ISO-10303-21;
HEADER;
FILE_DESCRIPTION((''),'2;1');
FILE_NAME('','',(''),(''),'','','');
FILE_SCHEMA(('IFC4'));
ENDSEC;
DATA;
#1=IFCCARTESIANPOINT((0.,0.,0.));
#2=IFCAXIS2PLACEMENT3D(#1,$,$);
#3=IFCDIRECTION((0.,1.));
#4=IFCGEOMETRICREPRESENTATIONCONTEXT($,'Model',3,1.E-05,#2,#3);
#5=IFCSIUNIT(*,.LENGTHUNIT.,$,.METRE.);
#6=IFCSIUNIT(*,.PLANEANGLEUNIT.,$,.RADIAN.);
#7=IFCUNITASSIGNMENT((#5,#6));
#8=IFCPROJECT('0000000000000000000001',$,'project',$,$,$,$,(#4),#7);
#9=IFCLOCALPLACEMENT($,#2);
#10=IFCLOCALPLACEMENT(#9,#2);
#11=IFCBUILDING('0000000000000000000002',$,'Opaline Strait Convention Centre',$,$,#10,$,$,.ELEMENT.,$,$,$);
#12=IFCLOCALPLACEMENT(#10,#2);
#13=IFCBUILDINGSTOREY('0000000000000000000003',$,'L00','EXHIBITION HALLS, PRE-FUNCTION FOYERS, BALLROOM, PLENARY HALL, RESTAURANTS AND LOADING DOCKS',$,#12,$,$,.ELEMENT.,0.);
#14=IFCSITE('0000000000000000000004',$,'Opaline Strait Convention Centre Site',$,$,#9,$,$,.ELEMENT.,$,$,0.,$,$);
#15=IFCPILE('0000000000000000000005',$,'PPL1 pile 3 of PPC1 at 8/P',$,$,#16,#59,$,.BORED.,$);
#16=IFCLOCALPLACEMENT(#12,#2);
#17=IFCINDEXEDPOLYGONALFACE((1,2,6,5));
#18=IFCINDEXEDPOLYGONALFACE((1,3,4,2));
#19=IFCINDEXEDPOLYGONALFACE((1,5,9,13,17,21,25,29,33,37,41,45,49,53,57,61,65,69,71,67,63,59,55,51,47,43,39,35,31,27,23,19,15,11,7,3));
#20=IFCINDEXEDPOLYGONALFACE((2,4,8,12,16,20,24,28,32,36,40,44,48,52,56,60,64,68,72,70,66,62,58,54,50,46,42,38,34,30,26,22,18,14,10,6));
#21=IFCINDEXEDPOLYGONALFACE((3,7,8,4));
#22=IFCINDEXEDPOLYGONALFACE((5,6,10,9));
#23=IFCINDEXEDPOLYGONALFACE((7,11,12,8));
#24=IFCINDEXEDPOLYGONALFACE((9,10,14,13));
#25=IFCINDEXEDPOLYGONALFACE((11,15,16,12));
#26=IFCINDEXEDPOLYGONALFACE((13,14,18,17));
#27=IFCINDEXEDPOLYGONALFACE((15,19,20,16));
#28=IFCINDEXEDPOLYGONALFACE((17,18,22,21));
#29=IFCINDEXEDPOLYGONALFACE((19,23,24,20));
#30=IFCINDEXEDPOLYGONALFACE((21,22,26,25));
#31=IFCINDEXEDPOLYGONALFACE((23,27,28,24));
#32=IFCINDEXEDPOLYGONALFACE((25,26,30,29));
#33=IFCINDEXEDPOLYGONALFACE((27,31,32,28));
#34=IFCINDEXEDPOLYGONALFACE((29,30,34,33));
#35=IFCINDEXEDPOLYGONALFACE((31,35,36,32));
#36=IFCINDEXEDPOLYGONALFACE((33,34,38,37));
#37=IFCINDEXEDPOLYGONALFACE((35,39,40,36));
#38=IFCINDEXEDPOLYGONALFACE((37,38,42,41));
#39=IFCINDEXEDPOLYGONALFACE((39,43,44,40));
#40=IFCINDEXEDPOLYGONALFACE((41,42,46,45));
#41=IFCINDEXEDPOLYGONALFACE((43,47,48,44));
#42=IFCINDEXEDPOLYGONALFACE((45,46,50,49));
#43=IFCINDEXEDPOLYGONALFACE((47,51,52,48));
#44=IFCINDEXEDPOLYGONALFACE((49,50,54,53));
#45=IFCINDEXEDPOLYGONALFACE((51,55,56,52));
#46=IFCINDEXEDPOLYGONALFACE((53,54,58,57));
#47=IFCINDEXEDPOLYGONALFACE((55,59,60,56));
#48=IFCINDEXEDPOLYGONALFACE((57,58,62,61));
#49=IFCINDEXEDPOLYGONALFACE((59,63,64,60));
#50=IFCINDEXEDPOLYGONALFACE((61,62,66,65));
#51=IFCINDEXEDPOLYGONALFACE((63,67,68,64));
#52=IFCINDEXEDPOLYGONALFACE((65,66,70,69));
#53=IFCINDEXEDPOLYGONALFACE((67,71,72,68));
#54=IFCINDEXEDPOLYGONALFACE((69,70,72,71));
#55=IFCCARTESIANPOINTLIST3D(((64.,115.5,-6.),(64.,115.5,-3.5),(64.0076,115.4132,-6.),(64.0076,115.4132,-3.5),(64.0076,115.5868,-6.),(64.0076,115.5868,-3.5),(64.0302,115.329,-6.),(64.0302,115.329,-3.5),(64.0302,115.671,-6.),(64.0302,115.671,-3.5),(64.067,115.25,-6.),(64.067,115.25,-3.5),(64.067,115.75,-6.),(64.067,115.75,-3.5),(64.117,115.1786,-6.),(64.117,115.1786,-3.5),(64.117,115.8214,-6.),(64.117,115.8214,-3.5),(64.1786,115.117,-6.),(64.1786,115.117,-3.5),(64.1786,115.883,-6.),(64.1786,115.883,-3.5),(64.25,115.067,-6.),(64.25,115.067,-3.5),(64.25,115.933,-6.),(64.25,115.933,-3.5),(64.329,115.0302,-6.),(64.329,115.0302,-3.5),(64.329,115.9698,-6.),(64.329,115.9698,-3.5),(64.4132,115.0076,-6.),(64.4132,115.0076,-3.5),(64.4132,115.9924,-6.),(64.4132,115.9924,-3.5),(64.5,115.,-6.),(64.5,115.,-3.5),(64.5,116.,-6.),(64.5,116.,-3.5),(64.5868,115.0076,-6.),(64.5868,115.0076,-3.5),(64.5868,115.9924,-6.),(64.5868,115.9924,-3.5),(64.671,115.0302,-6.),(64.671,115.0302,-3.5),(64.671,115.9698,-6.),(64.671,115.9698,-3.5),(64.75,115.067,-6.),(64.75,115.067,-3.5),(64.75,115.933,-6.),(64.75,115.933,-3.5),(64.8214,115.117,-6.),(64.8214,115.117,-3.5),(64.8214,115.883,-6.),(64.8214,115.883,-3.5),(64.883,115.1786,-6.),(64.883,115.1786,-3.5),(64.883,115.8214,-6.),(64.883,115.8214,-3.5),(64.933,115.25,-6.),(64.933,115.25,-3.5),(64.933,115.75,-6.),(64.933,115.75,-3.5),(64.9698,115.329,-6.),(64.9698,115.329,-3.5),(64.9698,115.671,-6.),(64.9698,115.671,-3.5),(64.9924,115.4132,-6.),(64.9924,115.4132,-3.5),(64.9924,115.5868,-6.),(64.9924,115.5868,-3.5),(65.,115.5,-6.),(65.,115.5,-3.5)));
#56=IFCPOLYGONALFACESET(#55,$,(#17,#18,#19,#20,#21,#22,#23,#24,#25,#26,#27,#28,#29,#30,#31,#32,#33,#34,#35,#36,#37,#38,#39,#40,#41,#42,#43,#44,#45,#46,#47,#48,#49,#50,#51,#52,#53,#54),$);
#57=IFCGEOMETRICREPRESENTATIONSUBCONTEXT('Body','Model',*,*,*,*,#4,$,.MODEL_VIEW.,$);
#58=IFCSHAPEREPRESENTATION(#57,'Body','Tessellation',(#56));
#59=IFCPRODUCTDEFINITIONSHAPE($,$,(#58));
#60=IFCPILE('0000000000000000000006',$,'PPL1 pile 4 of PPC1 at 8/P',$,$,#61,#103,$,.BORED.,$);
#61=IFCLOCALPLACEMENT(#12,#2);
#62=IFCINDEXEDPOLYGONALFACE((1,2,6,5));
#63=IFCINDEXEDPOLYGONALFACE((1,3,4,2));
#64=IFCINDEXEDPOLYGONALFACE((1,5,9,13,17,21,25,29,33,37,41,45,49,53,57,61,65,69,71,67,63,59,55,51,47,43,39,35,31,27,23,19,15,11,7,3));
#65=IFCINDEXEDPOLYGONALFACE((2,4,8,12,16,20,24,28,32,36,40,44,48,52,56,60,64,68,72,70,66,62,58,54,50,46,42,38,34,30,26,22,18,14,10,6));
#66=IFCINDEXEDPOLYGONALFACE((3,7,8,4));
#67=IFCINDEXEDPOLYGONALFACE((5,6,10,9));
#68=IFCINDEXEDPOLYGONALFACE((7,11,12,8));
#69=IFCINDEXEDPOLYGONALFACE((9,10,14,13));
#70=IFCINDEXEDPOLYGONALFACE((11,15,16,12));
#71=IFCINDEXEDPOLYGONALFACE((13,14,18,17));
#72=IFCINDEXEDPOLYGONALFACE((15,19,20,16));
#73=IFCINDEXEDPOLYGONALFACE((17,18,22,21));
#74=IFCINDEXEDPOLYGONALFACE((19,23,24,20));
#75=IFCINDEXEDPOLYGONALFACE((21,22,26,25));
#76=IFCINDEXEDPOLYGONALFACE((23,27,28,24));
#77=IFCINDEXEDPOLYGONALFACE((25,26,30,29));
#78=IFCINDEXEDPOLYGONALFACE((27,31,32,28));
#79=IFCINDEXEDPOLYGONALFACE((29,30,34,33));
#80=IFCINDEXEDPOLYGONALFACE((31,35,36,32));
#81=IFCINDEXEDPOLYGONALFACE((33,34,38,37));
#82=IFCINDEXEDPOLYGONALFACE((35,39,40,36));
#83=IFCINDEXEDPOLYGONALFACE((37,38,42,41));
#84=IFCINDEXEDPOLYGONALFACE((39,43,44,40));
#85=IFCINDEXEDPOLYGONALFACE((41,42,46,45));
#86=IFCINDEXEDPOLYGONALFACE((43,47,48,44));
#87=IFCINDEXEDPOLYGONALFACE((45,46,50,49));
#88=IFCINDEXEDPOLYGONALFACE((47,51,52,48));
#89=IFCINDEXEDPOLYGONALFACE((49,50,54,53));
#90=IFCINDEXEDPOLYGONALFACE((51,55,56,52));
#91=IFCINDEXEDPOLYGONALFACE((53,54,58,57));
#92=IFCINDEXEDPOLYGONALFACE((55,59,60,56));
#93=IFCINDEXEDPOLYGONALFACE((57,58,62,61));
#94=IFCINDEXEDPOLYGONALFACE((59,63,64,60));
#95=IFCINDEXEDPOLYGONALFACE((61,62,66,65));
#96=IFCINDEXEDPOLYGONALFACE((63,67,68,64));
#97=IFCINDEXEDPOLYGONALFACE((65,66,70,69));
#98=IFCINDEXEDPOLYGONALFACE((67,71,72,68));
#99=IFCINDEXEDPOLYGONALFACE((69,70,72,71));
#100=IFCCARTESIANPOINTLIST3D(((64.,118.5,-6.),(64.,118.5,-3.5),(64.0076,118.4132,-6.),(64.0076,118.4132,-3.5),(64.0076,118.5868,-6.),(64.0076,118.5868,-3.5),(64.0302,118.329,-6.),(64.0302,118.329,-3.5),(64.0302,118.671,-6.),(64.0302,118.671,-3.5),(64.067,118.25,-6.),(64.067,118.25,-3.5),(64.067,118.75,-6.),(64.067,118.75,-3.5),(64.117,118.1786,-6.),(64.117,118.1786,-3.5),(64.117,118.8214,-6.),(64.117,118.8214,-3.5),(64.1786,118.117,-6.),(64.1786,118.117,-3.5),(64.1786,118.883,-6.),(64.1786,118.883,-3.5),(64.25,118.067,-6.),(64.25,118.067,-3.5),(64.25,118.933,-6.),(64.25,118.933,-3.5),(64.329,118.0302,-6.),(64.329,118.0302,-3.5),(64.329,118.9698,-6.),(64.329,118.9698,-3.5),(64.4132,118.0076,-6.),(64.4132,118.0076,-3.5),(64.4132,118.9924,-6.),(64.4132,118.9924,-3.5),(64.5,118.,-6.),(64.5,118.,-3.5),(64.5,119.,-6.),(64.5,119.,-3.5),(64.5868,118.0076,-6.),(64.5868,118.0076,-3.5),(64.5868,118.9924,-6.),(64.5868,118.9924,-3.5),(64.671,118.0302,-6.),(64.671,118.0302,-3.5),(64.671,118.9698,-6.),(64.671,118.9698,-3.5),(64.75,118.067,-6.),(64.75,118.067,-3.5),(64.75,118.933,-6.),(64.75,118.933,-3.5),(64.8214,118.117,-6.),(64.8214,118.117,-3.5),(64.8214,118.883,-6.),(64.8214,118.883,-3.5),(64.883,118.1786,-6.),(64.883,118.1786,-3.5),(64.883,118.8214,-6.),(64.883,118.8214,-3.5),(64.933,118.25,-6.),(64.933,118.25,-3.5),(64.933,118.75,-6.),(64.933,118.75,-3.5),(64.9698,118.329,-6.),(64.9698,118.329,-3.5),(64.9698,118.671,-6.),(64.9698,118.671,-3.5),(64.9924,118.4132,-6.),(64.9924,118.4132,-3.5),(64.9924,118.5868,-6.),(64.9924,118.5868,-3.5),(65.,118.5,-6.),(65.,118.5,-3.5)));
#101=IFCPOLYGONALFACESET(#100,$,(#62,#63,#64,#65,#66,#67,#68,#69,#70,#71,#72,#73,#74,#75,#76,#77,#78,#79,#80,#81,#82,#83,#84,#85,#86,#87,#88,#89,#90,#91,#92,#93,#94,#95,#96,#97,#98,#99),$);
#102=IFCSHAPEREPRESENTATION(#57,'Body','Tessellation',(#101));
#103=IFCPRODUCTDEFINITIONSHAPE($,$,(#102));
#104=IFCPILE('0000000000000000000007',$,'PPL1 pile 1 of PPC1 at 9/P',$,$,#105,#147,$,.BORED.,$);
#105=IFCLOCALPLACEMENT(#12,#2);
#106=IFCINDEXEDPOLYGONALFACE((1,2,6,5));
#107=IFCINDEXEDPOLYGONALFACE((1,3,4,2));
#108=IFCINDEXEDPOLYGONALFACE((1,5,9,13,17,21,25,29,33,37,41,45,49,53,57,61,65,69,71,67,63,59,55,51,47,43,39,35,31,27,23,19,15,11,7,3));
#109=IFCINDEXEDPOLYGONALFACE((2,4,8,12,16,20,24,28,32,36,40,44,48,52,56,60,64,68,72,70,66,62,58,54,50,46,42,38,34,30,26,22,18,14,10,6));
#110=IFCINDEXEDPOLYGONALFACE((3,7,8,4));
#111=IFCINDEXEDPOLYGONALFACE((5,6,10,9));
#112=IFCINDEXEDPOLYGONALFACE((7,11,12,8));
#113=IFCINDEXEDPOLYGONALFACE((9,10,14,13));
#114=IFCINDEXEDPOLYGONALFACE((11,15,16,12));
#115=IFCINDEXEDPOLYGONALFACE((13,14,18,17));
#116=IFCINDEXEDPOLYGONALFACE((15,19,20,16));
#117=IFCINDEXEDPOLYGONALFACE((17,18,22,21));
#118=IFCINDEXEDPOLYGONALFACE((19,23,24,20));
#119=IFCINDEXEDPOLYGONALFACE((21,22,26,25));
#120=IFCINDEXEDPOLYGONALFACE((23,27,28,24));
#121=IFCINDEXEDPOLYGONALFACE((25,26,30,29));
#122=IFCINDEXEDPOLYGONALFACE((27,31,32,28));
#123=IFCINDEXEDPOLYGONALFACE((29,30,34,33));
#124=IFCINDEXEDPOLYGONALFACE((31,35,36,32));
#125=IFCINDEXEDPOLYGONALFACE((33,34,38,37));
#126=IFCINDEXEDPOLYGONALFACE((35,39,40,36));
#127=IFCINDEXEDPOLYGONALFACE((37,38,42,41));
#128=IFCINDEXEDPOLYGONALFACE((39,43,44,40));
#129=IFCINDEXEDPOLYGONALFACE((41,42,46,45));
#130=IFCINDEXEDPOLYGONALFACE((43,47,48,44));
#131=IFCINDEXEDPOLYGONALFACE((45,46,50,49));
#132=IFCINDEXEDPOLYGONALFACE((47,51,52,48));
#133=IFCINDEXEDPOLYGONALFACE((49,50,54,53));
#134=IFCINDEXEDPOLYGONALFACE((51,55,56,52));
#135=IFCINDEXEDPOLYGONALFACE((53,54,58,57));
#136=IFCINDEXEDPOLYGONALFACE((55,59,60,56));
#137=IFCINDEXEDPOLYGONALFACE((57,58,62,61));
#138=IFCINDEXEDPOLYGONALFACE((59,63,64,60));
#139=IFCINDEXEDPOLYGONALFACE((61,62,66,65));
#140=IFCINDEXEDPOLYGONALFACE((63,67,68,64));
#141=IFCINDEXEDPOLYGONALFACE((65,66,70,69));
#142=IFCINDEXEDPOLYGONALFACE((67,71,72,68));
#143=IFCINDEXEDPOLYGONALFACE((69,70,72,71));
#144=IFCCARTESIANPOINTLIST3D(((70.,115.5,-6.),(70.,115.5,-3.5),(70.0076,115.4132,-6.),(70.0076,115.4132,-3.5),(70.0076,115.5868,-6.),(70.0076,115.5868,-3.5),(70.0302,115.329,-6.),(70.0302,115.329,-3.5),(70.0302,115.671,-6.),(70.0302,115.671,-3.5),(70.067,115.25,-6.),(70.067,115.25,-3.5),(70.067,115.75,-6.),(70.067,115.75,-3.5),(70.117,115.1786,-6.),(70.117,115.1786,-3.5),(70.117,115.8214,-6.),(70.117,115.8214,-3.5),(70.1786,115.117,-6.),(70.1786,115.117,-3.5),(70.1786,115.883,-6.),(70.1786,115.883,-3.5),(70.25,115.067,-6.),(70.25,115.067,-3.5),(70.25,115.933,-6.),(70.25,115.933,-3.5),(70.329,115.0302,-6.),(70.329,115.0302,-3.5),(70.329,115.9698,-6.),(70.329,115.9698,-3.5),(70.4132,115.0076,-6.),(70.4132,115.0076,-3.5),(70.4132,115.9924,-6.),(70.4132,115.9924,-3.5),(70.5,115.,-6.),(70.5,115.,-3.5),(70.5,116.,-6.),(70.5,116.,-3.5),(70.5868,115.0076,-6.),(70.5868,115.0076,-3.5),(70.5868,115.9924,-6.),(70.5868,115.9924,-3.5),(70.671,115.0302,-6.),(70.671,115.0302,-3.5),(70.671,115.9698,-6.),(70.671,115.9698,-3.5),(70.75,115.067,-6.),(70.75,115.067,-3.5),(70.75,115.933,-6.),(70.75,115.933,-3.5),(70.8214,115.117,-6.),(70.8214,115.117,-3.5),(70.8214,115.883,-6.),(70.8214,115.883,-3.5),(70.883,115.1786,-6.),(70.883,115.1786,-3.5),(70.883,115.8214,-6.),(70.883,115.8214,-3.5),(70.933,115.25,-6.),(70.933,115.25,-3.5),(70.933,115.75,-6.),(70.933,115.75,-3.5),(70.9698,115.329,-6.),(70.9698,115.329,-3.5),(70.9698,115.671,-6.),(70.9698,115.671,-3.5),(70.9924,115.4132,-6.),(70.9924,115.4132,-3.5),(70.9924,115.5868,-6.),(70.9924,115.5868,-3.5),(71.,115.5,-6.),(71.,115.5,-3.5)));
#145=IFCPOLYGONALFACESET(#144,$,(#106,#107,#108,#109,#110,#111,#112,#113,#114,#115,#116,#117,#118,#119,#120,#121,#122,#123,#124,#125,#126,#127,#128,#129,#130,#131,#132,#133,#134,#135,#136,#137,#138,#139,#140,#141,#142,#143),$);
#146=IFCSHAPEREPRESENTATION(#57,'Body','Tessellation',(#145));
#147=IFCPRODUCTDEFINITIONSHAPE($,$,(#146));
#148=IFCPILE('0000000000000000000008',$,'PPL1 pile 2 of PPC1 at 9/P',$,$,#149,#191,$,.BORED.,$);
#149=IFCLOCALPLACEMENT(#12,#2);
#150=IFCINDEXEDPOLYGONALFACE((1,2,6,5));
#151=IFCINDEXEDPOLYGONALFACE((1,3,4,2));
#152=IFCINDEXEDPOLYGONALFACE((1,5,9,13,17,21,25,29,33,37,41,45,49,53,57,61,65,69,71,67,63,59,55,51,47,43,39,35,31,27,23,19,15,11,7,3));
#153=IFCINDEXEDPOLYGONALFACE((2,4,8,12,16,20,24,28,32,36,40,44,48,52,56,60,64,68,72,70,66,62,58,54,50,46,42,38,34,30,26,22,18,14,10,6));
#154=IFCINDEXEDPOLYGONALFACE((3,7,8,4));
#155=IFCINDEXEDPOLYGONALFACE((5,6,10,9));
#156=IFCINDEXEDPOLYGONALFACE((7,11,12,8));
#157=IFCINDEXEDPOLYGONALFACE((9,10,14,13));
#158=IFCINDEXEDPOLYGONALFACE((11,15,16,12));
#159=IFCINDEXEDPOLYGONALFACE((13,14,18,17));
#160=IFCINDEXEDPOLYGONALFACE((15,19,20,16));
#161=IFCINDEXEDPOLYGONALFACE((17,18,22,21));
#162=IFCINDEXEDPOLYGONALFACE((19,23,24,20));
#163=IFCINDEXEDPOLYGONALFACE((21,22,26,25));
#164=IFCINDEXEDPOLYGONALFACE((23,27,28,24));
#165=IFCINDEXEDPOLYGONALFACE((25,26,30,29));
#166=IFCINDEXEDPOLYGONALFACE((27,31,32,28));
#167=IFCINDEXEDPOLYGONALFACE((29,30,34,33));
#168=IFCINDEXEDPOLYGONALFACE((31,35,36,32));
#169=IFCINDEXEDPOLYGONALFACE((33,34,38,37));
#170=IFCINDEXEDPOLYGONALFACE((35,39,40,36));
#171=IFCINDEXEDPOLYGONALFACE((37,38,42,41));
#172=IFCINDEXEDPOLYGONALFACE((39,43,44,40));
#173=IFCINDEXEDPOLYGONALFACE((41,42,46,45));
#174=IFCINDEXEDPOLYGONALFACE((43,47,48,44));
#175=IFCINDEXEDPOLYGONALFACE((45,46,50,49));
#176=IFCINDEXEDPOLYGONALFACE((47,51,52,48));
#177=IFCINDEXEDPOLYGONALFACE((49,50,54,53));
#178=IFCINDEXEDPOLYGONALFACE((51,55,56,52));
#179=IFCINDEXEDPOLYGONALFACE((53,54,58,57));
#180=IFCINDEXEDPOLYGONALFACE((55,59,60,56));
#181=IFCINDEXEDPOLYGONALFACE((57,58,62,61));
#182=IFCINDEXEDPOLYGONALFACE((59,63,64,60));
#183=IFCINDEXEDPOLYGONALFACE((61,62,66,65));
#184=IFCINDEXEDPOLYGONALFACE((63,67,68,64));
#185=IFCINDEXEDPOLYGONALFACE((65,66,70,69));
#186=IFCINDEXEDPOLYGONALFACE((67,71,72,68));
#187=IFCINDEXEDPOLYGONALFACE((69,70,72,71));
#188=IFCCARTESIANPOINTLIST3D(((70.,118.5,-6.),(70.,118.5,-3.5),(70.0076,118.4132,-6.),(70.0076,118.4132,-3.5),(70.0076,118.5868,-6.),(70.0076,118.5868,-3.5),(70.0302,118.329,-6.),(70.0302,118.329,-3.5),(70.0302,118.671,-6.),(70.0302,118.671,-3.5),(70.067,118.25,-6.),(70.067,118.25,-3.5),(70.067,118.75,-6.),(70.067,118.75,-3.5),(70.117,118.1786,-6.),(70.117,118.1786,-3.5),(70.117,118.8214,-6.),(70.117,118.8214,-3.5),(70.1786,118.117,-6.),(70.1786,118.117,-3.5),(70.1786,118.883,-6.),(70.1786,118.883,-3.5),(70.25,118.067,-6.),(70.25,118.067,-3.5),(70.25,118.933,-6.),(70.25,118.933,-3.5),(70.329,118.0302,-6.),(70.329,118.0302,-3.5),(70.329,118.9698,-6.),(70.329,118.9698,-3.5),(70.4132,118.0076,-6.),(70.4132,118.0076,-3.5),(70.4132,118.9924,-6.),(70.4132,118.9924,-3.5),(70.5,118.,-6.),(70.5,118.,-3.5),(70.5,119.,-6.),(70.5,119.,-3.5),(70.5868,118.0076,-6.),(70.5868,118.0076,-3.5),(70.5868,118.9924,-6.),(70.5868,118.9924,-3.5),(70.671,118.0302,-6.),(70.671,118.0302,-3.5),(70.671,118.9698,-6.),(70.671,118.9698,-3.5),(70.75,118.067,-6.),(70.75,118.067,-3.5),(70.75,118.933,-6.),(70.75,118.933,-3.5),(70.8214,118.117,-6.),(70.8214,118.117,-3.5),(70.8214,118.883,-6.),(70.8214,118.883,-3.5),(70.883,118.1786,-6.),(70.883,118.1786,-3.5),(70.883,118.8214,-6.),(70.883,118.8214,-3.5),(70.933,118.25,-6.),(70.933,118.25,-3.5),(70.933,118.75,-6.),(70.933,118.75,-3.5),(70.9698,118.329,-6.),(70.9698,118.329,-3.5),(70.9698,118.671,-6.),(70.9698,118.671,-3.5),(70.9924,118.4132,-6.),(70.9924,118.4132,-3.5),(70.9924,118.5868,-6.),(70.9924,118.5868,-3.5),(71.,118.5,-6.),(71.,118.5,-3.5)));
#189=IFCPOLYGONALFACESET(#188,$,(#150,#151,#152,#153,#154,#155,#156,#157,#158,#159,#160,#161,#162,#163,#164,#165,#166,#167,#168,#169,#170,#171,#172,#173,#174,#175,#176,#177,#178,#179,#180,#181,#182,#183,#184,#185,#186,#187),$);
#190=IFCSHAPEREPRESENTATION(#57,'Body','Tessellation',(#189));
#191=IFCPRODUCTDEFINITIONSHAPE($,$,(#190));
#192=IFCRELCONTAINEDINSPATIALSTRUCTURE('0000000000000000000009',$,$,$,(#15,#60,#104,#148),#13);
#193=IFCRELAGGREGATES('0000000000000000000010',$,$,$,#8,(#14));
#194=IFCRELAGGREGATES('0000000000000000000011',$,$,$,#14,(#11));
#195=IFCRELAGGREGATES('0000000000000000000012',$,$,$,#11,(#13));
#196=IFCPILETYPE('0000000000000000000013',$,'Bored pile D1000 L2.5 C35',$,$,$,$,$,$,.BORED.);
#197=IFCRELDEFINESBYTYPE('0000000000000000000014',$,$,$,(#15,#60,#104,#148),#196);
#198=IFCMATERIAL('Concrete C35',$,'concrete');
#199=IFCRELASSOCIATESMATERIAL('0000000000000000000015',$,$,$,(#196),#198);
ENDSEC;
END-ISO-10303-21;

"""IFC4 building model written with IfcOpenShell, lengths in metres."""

from ifc_helpers import new_model, si_unit, direction, frame, origin, origin_2d, place, context, subcontext, project, spatial, circle, extrude, material, material_profile, profile_set, type_object, element, save


model = new_model("IFC4")

# Units and contexts
model_context = context("Model", 3, precision=1e-05, world=origin(), true_north=direction((0.0, 1.0)))
body_context = subcontext(model_context, "Body", "Model", "MODEL_VIEW")
ifc_project = project(units=[si_unit("LENGTHUNIT", "METRE"), si_unit("PLANEANGLEUNIT", "RADIAN")], contexts=[model_context])

# Site, building, storey
site_placement = place(None, origin())
site = spatial("IfcSite", under=ifc_project, at=site_placement, Name="Opaline Strait Convention Centre Site", CompositionType="ELEMENT", RefElevation=0.0)
building_placement = place(site_placement, origin())
building = spatial("IfcBuilding", under=site, at=building_placement, Name="Opaline Strait Convention Centre", CompositionType="ELEMENT")
storey_placement = place(building_placement, origin())
storey = spatial("IfcBuildingStorey", under=building, at=storey_placement, Name="L00", Description="EXHIBITION HALLS, PRE-FUNCTION FOYERS, BALLROOM, PLENARY HALL, RESTAURANTS AND LOADING DOCKS", CompositionType="ELEMENT", Elevation=0.0)

# Piles
ifc_material_1 = material(Name="Concrete C35", Category="concrete")
ifc_material_profile_1 = material_profile(ifc_material_1, circle(Radius=0.5, at=origin_2d()), Name="D1000")
ifc_profile_set_1 = profile_set([ifc_material_profile_1], Name="Concrete C35")
pile_type_1 = type_object("IfcPileType", Name="Bored pile D1000 L2.5 C35", PredefinedType="BORED", material=ifc_profile_set_1)
for number, where, z_axis, x_axis, name in (
    (1, (64.5, 115.5, -3.5), (0.0, 0.0, -1.0), (1.0, 0.0, 0.0), "PPL1 pile 3 of PPC1 at 8/P"),
    (2, (64.5, 118.5, -3.5), (0.0, 0.0, -1.0), (1.0, 0.0, 0.0), "PPL1 pile 4 of PPC1 at 8/P"),
    (3, (70.5, 115.5, -3.5), (0.0, 0.0, -1.0), (1.0, 0.0, 0.0), "PPL1 pile 1 of PPC1 at 9/P"),
    (4, (70.5, 118.5, -3.5), (0.0, 0.0, -1.0), (1.0, 0.0, 0.0), "PPL1 pile 2 of PPC1 at 9/P"),
):
    element("IfcPile", number, at=place(storey_placement, frame(where, z_axis=z_axis, x_axis=x_axis)), inside=storey, type_object=pile_type_1, Name=name, PredefinedType="BORED", context=body_context, shape_type="SweptSolid", body=[
        extrude(circle(Radius=0.5, at=origin_2d()), origin(), (0.0, 0.0, 1.0), 2.5),
    ])

save(model, "model.ifc")
